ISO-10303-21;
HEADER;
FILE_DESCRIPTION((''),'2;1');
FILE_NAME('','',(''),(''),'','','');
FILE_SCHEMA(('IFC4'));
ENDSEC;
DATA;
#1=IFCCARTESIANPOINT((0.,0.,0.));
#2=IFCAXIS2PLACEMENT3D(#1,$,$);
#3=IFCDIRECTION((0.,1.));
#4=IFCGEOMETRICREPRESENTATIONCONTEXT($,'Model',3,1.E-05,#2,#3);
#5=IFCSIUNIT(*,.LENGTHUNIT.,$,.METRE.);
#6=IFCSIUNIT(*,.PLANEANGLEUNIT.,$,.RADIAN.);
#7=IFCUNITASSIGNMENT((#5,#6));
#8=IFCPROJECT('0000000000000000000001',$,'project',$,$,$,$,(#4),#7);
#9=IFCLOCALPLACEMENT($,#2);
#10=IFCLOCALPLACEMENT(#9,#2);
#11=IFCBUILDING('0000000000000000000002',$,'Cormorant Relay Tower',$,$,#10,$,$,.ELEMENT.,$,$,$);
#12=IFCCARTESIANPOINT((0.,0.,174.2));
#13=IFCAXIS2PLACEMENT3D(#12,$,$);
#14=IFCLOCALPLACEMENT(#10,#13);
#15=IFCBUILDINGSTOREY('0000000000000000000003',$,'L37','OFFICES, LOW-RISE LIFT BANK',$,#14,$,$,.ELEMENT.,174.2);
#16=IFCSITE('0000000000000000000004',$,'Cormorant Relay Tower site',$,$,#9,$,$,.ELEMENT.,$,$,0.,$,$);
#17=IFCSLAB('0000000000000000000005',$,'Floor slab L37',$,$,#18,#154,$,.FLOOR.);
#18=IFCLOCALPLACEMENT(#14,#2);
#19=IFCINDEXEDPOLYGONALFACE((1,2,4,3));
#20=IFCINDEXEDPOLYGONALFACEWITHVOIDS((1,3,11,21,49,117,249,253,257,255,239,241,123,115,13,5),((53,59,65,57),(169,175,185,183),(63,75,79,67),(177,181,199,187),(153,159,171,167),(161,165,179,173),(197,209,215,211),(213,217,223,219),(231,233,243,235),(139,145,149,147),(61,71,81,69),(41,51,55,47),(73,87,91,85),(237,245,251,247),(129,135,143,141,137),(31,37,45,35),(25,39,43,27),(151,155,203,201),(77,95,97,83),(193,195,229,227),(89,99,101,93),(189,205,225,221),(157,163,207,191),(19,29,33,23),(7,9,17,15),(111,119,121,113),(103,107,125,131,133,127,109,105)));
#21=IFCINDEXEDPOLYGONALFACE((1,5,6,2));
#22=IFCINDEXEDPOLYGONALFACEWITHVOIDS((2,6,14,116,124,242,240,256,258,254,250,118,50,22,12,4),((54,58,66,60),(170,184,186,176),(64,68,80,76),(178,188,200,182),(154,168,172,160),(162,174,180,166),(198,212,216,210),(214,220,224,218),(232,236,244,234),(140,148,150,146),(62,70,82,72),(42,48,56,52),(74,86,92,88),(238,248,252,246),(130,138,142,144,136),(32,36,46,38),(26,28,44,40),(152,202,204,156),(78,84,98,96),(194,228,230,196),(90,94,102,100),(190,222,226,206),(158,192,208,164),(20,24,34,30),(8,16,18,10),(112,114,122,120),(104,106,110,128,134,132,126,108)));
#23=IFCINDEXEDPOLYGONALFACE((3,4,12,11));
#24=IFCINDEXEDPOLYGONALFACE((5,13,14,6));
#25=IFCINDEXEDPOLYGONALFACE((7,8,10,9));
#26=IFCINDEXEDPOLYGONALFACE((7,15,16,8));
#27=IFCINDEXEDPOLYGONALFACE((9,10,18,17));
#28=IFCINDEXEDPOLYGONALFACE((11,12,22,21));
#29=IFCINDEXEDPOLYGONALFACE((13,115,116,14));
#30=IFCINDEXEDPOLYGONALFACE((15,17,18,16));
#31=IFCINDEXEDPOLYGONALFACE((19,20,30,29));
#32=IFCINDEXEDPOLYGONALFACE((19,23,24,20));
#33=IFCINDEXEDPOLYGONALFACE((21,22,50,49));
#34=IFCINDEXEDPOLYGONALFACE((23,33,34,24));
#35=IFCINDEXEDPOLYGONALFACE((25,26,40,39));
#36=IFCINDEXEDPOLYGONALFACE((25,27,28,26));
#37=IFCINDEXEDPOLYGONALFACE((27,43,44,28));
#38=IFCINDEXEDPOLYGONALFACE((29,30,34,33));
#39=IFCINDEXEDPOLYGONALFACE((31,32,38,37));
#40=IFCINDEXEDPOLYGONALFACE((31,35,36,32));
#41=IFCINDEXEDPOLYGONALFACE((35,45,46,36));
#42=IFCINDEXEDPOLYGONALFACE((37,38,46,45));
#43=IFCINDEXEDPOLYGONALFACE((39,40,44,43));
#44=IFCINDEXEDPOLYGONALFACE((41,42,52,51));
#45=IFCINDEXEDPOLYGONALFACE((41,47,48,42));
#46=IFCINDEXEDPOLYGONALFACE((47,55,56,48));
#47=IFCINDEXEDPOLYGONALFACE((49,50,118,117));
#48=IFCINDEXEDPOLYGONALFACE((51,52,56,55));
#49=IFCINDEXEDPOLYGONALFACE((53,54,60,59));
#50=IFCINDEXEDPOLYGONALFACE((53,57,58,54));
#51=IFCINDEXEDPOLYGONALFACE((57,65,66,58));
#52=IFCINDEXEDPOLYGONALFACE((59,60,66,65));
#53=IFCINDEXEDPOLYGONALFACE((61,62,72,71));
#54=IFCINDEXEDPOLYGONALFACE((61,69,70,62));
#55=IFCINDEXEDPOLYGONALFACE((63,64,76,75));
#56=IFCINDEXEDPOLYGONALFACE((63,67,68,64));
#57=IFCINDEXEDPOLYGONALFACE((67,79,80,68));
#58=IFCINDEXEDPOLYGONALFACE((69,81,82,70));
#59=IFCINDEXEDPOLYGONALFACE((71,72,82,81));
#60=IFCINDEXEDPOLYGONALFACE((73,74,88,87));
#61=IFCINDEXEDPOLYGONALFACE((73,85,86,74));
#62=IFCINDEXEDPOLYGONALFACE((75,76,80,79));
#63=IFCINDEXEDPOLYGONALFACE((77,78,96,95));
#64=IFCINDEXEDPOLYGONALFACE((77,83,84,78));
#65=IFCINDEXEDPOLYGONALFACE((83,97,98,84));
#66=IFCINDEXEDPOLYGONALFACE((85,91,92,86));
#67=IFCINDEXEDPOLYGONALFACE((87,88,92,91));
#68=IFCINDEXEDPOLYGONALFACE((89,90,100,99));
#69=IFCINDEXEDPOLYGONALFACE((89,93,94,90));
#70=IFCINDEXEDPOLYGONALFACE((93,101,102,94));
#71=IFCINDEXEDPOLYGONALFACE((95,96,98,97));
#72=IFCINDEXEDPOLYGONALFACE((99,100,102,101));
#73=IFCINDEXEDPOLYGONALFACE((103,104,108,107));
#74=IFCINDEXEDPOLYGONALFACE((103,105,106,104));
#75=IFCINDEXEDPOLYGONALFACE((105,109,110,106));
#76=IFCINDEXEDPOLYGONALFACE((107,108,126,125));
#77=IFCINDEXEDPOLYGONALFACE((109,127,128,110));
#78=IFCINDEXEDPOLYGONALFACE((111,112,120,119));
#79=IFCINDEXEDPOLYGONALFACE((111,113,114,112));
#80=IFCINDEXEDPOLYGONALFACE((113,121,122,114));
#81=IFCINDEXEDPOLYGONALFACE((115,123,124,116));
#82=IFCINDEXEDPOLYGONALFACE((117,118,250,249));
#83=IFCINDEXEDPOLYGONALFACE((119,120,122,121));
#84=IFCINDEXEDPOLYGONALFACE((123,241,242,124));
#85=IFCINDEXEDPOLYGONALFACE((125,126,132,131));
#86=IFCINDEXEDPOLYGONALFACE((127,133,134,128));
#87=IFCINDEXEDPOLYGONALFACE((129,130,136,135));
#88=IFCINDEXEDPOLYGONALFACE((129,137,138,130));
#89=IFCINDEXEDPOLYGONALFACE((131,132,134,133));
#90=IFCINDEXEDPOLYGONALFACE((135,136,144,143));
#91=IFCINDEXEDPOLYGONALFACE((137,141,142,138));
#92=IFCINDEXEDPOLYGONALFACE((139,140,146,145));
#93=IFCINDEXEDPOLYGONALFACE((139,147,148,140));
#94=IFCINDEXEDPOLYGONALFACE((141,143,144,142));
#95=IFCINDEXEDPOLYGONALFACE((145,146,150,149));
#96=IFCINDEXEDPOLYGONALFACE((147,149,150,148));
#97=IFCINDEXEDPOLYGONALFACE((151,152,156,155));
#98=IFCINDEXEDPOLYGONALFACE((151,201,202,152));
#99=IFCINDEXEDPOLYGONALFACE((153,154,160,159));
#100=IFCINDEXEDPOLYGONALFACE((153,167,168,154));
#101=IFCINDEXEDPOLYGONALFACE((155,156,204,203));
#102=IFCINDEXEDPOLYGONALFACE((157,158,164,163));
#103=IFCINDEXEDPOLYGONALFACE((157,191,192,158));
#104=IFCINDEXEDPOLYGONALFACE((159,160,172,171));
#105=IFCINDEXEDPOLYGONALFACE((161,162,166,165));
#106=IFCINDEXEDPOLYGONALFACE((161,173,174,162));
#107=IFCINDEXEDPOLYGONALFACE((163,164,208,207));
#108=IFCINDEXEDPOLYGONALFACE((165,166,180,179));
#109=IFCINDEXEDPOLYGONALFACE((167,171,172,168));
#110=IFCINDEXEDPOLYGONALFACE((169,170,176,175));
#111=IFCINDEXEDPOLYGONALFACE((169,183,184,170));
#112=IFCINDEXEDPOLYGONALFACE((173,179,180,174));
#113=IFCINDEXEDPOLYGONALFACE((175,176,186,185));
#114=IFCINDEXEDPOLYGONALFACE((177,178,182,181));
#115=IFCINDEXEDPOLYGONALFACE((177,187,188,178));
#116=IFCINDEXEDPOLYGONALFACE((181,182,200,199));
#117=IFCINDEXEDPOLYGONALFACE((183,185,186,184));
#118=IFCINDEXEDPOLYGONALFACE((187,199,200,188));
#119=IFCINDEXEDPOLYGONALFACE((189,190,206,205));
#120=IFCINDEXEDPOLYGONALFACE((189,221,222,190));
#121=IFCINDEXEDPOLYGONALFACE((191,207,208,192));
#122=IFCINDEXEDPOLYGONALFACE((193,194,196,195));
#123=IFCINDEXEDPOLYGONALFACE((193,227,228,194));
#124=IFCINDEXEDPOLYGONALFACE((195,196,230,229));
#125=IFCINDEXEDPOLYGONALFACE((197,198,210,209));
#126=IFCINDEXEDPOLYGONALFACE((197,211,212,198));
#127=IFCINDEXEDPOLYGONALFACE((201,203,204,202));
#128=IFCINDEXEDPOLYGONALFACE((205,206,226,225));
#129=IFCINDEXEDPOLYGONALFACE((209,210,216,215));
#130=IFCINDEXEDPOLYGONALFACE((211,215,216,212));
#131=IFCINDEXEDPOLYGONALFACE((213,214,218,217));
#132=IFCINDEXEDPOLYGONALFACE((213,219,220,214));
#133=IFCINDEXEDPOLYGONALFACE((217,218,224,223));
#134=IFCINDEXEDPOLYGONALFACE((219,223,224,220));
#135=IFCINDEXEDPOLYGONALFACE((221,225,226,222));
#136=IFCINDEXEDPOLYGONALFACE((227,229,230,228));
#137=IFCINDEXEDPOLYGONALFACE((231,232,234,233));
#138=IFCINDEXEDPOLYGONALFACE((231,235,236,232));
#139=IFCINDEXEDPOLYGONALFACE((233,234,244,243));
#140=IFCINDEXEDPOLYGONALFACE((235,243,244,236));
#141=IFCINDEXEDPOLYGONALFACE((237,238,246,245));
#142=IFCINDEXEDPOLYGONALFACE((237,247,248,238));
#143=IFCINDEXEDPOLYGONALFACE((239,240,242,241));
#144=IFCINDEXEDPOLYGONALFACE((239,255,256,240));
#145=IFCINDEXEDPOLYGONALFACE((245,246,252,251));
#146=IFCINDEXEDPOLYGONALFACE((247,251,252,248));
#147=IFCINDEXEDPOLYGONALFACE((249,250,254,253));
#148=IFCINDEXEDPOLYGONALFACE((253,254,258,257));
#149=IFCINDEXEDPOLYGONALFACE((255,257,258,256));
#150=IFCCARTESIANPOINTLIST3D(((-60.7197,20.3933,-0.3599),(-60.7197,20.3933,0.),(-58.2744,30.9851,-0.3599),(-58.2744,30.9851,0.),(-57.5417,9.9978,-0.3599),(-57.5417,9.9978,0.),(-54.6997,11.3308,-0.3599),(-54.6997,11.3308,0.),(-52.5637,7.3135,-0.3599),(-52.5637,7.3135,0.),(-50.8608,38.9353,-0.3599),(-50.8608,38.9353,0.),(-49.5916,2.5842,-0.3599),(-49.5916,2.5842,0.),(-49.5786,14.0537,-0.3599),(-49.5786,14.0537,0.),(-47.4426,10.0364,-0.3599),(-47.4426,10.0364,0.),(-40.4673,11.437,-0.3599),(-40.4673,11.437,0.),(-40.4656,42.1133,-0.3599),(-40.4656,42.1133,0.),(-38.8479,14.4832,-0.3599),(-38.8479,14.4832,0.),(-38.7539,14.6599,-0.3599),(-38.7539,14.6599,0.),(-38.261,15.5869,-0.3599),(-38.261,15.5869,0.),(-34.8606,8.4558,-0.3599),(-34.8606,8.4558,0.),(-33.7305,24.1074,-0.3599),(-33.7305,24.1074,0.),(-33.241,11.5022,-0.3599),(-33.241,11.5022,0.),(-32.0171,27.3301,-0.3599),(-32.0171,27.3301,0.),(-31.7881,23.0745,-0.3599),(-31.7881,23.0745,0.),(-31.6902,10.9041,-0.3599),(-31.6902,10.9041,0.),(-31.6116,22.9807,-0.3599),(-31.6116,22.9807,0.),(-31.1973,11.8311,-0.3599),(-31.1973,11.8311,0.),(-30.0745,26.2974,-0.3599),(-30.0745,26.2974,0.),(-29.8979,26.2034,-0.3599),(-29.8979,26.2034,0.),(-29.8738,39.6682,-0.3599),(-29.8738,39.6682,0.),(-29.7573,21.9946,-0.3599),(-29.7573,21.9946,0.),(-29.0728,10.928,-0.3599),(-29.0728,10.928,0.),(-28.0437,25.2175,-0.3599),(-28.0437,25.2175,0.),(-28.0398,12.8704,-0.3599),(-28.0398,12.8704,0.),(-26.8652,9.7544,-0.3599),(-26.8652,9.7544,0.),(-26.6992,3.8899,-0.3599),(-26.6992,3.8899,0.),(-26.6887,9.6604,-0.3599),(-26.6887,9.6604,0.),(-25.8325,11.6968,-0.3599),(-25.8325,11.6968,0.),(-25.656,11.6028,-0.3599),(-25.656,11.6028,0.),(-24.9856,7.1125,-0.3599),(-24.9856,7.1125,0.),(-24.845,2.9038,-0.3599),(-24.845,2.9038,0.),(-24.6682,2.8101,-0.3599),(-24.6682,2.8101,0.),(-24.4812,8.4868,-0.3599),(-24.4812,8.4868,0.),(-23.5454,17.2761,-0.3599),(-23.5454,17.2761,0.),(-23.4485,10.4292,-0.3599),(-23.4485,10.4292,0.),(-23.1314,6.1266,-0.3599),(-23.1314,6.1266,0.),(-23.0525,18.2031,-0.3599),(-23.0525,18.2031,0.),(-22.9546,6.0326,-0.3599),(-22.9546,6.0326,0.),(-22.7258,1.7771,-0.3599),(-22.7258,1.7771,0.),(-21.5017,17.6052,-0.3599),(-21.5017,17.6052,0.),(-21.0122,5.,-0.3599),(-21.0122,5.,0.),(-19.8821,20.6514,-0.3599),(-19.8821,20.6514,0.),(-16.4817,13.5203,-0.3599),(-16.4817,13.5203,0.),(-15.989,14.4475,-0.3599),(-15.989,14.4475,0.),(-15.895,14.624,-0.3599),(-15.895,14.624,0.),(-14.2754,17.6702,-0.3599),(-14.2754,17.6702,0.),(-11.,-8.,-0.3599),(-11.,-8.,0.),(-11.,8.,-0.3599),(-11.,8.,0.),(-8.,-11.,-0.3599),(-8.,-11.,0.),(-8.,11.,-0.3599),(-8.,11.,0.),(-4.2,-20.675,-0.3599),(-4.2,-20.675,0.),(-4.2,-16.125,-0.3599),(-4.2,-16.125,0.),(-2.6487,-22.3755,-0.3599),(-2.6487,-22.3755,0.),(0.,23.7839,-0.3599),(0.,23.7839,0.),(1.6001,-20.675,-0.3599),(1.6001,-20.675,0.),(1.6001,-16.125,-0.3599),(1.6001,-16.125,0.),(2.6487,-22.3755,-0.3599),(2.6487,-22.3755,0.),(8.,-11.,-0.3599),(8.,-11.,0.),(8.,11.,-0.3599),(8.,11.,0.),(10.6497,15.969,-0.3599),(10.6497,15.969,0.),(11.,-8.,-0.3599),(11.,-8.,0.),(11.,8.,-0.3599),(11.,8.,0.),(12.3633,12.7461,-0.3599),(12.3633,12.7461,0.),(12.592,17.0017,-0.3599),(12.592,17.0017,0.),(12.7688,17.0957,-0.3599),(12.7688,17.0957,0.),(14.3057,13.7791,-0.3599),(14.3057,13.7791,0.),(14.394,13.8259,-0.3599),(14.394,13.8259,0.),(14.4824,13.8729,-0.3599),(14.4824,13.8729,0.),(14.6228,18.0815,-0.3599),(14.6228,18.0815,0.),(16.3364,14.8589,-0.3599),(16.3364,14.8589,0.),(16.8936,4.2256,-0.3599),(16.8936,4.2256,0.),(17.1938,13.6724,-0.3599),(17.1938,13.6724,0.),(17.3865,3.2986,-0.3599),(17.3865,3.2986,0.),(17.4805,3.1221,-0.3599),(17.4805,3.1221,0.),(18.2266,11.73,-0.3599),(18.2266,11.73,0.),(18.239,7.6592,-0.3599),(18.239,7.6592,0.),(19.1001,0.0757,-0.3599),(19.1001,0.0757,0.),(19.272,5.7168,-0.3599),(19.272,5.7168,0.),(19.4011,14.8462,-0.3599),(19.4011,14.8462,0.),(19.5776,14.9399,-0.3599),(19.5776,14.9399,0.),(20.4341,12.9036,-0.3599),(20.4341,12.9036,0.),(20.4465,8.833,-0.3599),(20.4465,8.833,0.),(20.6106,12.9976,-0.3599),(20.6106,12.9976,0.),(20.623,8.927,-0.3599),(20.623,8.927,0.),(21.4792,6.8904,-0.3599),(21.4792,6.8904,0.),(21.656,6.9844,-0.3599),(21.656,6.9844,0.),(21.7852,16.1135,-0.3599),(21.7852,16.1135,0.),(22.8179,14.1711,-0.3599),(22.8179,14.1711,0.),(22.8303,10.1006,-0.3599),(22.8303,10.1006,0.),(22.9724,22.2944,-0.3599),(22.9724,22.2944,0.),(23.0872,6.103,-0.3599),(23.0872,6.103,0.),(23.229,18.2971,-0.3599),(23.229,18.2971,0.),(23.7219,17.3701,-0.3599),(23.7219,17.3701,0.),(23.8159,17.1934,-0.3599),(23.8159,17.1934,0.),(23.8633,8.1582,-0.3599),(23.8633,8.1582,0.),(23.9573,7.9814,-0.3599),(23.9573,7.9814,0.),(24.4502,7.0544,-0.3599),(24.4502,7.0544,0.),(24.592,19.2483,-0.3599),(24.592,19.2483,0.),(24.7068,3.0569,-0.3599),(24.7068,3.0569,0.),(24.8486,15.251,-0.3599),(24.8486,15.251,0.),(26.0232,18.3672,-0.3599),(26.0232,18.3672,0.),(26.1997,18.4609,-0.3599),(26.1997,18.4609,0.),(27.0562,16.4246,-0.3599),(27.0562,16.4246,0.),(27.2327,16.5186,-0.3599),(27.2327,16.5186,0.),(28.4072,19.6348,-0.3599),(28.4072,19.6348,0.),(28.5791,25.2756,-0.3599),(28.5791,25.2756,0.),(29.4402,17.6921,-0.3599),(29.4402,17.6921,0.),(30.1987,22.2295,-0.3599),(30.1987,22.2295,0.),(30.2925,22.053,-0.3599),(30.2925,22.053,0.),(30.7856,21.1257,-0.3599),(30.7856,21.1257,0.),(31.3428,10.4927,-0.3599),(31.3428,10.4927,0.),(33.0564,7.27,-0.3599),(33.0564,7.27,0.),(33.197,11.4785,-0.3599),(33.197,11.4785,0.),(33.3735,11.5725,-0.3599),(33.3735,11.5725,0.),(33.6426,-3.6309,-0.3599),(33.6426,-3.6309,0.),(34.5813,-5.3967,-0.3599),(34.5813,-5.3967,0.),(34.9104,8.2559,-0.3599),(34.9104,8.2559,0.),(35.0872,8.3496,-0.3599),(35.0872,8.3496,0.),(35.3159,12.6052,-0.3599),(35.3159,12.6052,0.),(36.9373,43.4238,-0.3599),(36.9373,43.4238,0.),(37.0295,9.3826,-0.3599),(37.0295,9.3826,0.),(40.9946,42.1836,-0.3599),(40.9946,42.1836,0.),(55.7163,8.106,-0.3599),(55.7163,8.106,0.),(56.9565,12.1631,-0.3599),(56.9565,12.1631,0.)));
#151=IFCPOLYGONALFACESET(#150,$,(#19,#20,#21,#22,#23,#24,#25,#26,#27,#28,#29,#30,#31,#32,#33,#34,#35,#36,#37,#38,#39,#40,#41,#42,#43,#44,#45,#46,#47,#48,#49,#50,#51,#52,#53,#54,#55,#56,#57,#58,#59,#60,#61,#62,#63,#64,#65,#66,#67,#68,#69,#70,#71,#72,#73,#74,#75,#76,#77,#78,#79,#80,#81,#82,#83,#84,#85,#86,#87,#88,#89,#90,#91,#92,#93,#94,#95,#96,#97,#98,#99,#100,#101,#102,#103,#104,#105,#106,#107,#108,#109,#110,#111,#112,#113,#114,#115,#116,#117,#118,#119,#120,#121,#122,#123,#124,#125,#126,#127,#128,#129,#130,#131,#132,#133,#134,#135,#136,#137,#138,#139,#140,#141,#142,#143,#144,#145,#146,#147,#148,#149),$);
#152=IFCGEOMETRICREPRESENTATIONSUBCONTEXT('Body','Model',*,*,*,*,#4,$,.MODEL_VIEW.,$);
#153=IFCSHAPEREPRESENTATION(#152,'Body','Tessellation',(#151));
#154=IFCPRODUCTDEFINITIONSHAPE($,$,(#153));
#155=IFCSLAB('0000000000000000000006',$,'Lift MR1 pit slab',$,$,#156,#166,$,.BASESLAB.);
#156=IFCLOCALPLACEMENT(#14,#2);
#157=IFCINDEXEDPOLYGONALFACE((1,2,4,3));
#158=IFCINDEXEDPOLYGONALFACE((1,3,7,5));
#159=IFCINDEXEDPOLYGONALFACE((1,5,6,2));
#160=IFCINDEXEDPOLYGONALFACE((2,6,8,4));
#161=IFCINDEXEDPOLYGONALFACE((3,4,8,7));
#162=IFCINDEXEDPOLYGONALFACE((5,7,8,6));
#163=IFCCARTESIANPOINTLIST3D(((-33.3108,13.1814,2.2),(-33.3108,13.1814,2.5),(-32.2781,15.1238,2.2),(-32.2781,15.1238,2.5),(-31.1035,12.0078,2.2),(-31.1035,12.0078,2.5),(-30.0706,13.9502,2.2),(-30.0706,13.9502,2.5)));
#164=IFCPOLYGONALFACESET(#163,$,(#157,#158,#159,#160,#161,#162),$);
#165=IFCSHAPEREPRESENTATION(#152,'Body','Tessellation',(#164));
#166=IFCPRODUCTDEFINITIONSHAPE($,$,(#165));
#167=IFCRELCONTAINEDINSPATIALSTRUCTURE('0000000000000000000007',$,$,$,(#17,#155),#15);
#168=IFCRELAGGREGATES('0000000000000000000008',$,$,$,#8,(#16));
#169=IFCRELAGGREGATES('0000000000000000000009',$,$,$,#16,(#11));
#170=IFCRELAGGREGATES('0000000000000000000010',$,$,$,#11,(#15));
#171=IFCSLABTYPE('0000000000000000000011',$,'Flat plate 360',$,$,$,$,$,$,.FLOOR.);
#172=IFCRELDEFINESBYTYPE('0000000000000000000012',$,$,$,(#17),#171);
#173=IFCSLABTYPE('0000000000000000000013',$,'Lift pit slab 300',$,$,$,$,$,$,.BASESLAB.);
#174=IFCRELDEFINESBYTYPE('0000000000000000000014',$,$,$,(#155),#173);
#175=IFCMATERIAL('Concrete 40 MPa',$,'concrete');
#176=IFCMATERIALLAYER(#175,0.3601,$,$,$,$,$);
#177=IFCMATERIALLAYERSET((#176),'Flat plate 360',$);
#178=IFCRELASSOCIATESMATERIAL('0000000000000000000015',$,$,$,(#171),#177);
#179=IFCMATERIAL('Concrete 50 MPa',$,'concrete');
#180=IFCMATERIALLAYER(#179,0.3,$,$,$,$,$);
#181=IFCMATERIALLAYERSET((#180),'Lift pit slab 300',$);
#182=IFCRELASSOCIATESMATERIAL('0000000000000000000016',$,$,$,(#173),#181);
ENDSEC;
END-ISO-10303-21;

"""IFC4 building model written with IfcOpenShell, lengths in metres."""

from ifc_helpers import new_model, si_unit, direction, frame, origin, place, context, subcontext, project, spatial, polyline, outline, extrude, material, layer, layer_set, type_object, element, save


model = new_model("IFC4")

# Units and contexts
model_context = context("Model", 3, precision=1e-05, world=origin(), true_north=direction((0.0, 1.0)))
body_context = subcontext(model_context, "Body", "Model", "MODEL_VIEW")
ifc_project = project(units=[si_unit("LENGTHUNIT", "METRE"), si_unit("PLANEANGLEUNIT", "RADIAN")], contexts=[model_context])

# Site, building, storey
site_placement = place(None, origin())
site = spatial("IfcSite", under=ifc_project, at=site_placement, Name="Cormorant Relay Tower site", CompositionType="ELEMENT", RefElevation=0.0)
building_placement = place(site_placement, origin())
building = spatial("IfcBuilding", under=site, at=building_placement, Name="Cormorant Relay Tower", CompositionType="ELEMENT")
storey_placement = place(building_placement, frame((0.0, 0.0, 174.2)))
storey = spatial("IfcBuildingStorey", under=building, at=storey_placement, Name="L37", Description="OFFICES, LOW-RISE LIFT BANK", CompositionType="ELEMENT", Elevation=174.2)

# Slabs
ifc_material_1 = material(Name="Concrete 40 MPa", Category="concrete")
ifc_layer_1 = layer(ifc_material_1, 0.3601)
ifc_layer_set_1 = layer_set([ifc_layer_1], Name="Flat plate 360")
slab_type_1 = type_object("IfcSlabType", Name="Flat plate 360", PredefinedType="FLOOR", material=ifc_layer_set_1)
slab_1_placement = place(storey_placement, frame((0.0, 0.0, -0.3599)))
element("IfcSlab", 1, at=slab_1_placement, inside=storey, type_object=slab_type_1, Name="Floor slab L37", PredefinedType="FLOOR", context=body_context, shape_type="SweptSolid", body=[
    extrude(outline(polyline([(-60.7197, 20.3933), (-58.2744, 30.9851), (-50.8608, 38.9353), (-40.4656, 42.1133), (-29.8738, 39.6682), (0.0, 23.7839), (36.9373, 43.4238), (40.9946, 42.1836), (56.9565, 12.1631), (55.7163, 8.106), (33.6426, -3.6309), (34.5813, -5.3967), (2.6487, -22.3755), (-2.6487, -22.3755), (-49.5916, 2.5842), (-57.5417, 9.9978), (-60.7197, 20.3933)]), holes=[polyline([(11.0, -8.0), (11.0, 8.0), (8.0, 11.0), (-8.0, 11.0), (-11.0, 8.0), (-11.0, -8.0), (-8.0, -11.0), (8.0, -11.0), (11.0, -8.0)]), polyline([(-4.2, -16.125), (-4.2, -20.675), (1.6001, -20.675), (1.6001, -16.125), (-4.2, -16.125)]), polyline([(-22.9546, 6.0327), (-24.6682, 2.8101), (-22.7258, 1.7771), (-21.0122, 5.0), (-23.043, 6.0796), (-22.9546, 6.0327)]), polyline([(-24.9856, 7.1125), (-26.6992, 3.8899), (-24.845, 2.9038), (-23.1313, 6.1267), (-23.043, 6.0796), (-24.9856, 7.1125)]), polyline([(-24.4812, 8.4868), (-23.4485, 10.4292), (-25.656, 11.6028), (-26.6887, 9.6604), (-24.4812, 8.4868)]), polyline([(-49.5786, 14.0537), (-54.6997, 11.3308), (-52.5637, 7.3135), (-47.4426, 10.0364), (-49.5786, 14.0537)]), polyline([(-25.8325, 11.6968), (-28.0398, 12.8704), (-29.0728, 10.928), (-26.8652, 9.7544), (-25.8325, 11.6968)]), polyline([(-38.8479, 14.4832), (-40.4673, 11.437), (-34.8606, 8.4558), (-33.241, 11.5022), (-38.8479, 14.4832)]), polyline([(-38.261, 15.5869), (-38.7539, 14.6599), (-31.6902, 10.9041), (-31.1973, 11.8311), (-38.261, 15.5869)]), polyline([(14.3057, 13.7791), (12.592, 17.0017), (10.6497, 15.969), (12.3633, 12.7461), (14.394, 13.8259), (14.3057, 13.7791)]), polyline([(16.3364, 14.8589), (14.6228, 18.0815), (12.7688, 17.0957), (14.4824, 13.8728), (14.394, 13.8259), (16.3364, 14.8589)]), polyline([(-16.4817, 13.5203), (-15.989, 14.4475), (-23.0525, 18.2031), (-23.5454, 17.2761), (-16.4817, 13.5203)]), polyline([(-21.5017, 17.6052), (-15.895, 14.624), (-14.2754, 17.6702), (-19.8821, 20.6514), (-21.5017, 17.6052)]), polyline([(-31.6116, 22.9807), (-29.7573, 21.9946), (-28.0437, 25.2175), (-29.8979, 26.2034), (-31.6116, 22.9807)]), polyline([(-32.0171, 27.3301), (-33.7305, 24.1074), (-31.7881, 23.0745), (-30.0745, 26.2974), (-32.0171, 27.3301)]), polyline([(17.4805, 3.1221), (19.1001, 0.0757), (24.7068, 3.0569), (23.0872, 6.103), (17.4805, 3.1221)]), polyline([(16.8936, 4.2256), (17.3865, 3.2986), (24.4502, 7.0544), (23.9573, 7.9814), (16.8936, 4.2256)]), polyline([(20.4465, 8.833), (18.239, 7.6592), (19.272, 5.7168), (21.4792, 6.8904), (20.4465, 8.833)]), polyline([(21.656, 6.9844), (23.8633, 8.1582), (22.8303, 10.1006), (20.623, 8.927), (21.656, 6.9844)]), polyline([(33.197, 11.4785), (31.3428, 10.4927), (33.0564, 7.27), (34.9104, 8.2559), (33.197, 11.4785)]), polyline([(33.3735, 11.5725), (35.0872, 8.3496), (37.0295, 9.3826), (35.3159, 12.6052), (33.3735, 11.5725)]), polyline([(17.1938, 13.6724), (18.2266, 11.73), (20.4341, 12.9036), (19.4011, 14.8462), (17.1938, 13.6724)]), polyline([(20.6106, 12.9976), (22.8179, 14.1711), (21.7852, 16.1135), (19.5776, 14.9399), (20.6106, 12.9976)]), polyline([(26.0232, 18.3672), (23.8159, 17.1934), (24.8486, 15.251), (27.0562, 16.4246), (26.0232, 18.3672)]), polyline([(29.4402, 17.6921), (28.4072, 19.6348), (26.1997, 18.4609), (27.2327, 16.5186), (29.4402, 17.6921)]), polyline([(30.7856, 21.1257), (30.2925, 22.053), (23.229, 18.2971), (23.7219, 17.3701), (30.7856, 21.1257)]), polyline([(24.592, 19.2483), (30.1987, 22.2295), (28.5791, 25.2756), (22.9724, 22.2944), (24.592, 19.2483)])]), origin(), (0.0, 0.0, 1.0), 0.3599),
])
ifc_material_2 = material(Name="Concrete 50 MPa", Category="concrete")
ifc_layer_2 = layer(ifc_material_2, 0.3)
ifc_layer_set_2 = layer_set([ifc_layer_2], Name="Lift pit slab 300")
slab_type_2 = type_object("IfcSlabType", Name="Lift pit slab 300", PredefinedType="BASESLAB", material=ifc_layer_set_2)
slab_2_placement = place(storey_placement, frame((0.0, 0.0, 2.2)))
element("IfcSlab", 2, at=slab_2_placement, inside=storey, type_object=slab_type_2, Name="Lift MR1 pit slab", PredefinedType="BASESLAB", context=body_context, shape_type="SweptSolid", body=[
    extrude(outline(polyline([(-33.3108, 13.1814), (-32.2781, 15.1238), (-30.0706, 13.9502), (-31.1035, 12.0078), (-33.3108, 13.1814)])), origin(), (0.0, 0.0, 1.0), 0.3),
])

save(model, "model.ifc")
